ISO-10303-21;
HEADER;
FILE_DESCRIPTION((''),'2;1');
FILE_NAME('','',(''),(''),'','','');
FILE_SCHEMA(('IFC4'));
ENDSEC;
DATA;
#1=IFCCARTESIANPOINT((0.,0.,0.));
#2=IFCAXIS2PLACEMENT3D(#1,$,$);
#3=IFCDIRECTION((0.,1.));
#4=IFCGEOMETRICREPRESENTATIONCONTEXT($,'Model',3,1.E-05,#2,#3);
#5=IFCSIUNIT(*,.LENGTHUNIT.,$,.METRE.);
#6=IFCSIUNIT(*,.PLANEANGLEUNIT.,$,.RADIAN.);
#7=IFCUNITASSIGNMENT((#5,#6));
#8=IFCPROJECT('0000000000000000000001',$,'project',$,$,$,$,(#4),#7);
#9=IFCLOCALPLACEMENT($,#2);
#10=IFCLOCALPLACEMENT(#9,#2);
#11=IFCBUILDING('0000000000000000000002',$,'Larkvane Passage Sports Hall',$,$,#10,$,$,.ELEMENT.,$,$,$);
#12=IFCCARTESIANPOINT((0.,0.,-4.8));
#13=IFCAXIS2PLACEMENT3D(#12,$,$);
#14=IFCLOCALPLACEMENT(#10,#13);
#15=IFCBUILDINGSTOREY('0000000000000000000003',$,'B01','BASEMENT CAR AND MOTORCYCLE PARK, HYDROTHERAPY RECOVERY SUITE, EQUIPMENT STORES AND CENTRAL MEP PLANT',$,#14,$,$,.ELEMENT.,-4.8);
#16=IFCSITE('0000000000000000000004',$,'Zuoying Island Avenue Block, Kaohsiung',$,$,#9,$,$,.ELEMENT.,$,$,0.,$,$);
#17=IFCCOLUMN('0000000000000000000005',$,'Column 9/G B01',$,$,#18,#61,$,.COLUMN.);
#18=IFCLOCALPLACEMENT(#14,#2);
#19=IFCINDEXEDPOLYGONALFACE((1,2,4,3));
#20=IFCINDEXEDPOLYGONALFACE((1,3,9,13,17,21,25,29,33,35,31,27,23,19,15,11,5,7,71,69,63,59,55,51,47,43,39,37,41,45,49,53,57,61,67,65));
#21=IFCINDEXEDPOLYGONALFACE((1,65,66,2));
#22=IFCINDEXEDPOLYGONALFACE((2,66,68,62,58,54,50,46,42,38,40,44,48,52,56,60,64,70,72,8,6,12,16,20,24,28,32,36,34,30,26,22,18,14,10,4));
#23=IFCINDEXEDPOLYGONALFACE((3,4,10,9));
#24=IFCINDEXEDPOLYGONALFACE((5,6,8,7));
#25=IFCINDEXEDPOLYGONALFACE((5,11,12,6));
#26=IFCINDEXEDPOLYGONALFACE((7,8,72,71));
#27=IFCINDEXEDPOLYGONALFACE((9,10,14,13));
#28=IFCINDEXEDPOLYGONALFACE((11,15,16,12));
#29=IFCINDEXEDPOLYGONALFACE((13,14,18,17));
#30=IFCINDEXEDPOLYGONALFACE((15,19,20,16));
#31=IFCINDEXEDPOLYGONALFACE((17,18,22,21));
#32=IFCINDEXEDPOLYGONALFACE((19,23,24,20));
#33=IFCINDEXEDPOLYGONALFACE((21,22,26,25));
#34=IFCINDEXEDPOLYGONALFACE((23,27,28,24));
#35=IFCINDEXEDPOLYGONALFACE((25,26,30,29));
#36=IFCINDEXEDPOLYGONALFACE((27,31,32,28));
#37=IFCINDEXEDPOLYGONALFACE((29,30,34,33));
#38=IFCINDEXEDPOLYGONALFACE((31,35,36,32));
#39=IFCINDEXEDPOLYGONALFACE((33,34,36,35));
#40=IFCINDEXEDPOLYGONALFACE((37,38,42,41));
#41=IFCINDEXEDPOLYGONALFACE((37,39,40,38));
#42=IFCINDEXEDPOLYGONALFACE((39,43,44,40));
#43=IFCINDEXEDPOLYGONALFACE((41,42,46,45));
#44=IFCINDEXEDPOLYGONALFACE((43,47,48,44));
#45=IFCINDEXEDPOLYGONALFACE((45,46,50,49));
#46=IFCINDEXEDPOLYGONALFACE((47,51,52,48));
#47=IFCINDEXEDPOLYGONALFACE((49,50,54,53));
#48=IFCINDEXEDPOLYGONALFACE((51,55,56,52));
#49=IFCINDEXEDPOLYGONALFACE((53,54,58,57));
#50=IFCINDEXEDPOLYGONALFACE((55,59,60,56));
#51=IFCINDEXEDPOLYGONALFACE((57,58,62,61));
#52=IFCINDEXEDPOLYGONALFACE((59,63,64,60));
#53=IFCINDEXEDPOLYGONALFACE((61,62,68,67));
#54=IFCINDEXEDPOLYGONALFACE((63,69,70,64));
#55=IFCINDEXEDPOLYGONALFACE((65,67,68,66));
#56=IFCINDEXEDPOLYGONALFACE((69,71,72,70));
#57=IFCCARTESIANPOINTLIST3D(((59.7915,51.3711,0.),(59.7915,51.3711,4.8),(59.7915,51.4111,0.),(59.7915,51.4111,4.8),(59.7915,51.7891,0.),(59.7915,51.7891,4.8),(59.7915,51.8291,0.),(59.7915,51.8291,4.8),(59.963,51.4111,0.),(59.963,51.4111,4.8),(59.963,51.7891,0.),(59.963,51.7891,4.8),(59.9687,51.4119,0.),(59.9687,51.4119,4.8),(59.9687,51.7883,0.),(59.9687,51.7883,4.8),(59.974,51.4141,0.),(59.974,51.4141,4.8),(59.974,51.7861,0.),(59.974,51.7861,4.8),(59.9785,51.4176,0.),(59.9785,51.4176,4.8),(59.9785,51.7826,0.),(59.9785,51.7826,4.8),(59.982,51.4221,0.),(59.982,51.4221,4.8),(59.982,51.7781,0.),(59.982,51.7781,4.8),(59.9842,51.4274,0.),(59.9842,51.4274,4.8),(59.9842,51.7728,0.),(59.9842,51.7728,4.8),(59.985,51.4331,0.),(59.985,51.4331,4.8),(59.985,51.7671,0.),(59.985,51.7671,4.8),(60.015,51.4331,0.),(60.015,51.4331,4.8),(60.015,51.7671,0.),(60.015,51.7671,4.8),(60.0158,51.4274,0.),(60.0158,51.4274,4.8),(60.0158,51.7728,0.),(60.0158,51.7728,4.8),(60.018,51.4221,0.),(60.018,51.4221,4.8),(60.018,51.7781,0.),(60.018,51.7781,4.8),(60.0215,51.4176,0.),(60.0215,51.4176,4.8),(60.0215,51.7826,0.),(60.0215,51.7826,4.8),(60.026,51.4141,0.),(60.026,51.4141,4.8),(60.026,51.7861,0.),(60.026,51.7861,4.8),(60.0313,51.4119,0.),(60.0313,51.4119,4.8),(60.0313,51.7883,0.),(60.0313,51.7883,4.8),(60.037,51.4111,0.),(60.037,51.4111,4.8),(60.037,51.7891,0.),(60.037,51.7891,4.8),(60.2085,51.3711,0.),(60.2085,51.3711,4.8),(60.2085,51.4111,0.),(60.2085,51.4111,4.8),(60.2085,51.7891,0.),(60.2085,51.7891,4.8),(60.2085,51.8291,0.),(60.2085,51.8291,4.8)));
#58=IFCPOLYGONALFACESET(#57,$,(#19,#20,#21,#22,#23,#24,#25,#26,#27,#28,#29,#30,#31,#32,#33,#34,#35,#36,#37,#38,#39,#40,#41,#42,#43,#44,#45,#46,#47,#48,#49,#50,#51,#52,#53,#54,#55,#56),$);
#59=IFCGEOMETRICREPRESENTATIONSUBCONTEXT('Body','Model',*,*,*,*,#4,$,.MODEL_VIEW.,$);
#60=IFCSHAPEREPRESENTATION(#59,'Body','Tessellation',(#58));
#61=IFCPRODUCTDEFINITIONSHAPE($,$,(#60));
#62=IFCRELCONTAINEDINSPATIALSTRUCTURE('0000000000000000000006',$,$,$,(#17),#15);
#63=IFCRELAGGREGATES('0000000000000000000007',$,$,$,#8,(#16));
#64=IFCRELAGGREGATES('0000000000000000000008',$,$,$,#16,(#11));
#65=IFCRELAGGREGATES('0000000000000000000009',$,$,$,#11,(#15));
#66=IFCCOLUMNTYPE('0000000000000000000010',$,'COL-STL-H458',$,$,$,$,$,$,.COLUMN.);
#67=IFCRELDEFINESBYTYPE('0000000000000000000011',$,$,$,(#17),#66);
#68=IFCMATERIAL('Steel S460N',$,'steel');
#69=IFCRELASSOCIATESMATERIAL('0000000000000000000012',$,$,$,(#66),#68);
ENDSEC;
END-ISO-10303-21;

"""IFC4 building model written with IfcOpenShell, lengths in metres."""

from ifc_helpers import new_model, si_unit, direction, frame, origin, origin_2d, place, context, subcontext, project, spatial, i_section, extrude, material, material_profile, profile_set, type_object, element, save


model = new_model("IFC4")

# Units and contexts
model_context = context("Model", 3, precision=1e-05, world=origin(), true_north=direction((0.0, 1.0)))
body_context = subcontext(model_context, "Body", "Model", "MODEL_VIEW")
ifc_project = project(units=[si_unit("LENGTHUNIT", "METRE"), si_unit("PLANEANGLEUNIT", "RADIAN")], contexts=[model_context])

# Site, building, storey
site_placement = place(None, origin())
site = spatial("IfcSite", under=ifc_project, at=site_placement, Name="Zuoying Island Avenue Block, Kaohsiung", CompositionType="ELEMENT", RefElevation=0.0)
building_placement = place(site_placement, origin())
building = spatial("IfcBuilding", under=site, at=building_placement, Name="Larkvane Passage Sports Hall", CompositionType="ELEMENT")
storey_placement = place(building_placement, frame((0.0, 0.0, -4.8)))
storey = spatial("IfcBuildingStorey", under=building, at=storey_placement, Name="B01", Description="BASEMENT CAR AND MOTORCYCLE PARK, HYDROTHERAPY RECOVERY SUITE, EQUIPMENT STORES AND CENTRAL MEP PLANT", CompositionType="ELEMENT", Elevation=-4.8)

# Column
ifc_material_1 = material(Name="Steel S460N", Category="steel")
ifc_material_profile_1 = material_profile(ifc_material_1, i_section(OverallWidth=0.417, OverallDepth=0.458, WebThickness=0.03, FlangeThickness=0.04, FilletRadius=0.022, at=origin_2d()), Name="H-458x417x30x40")
ifc_profile_set_1 = profile_set([ifc_material_profile_1], Name="Steel S460N")
column_type_1 = type_object("IfcColumnType", Name="COL-STL-H458", PredefinedType="COLUMN", material=ifc_profile_set_1)
column_1_placement = place(storey_placement, frame((60.0, 51.6001, 0.0), z_axis=(0.0, 0.0, 1.0), x_axis=(1.0, 0.0, 0.0)))
element("IfcColumn", 1, at=column_1_placement, inside=storey, type_object=column_type_1, Name="Column 9/G B01", PredefinedType="COLUMN", context=body_context, shape_type="SweptSolid", body=[
    extrude(i_section(OverallWidth=0.417, OverallDepth=0.458, WebThickness=0.03, FlangeThickness=0.04, FilletRadius=0.022, at=origin_2d()), origin(), (0.0, 0.0, 1.0), 4.8),
])

save(model, "model.ifc")
